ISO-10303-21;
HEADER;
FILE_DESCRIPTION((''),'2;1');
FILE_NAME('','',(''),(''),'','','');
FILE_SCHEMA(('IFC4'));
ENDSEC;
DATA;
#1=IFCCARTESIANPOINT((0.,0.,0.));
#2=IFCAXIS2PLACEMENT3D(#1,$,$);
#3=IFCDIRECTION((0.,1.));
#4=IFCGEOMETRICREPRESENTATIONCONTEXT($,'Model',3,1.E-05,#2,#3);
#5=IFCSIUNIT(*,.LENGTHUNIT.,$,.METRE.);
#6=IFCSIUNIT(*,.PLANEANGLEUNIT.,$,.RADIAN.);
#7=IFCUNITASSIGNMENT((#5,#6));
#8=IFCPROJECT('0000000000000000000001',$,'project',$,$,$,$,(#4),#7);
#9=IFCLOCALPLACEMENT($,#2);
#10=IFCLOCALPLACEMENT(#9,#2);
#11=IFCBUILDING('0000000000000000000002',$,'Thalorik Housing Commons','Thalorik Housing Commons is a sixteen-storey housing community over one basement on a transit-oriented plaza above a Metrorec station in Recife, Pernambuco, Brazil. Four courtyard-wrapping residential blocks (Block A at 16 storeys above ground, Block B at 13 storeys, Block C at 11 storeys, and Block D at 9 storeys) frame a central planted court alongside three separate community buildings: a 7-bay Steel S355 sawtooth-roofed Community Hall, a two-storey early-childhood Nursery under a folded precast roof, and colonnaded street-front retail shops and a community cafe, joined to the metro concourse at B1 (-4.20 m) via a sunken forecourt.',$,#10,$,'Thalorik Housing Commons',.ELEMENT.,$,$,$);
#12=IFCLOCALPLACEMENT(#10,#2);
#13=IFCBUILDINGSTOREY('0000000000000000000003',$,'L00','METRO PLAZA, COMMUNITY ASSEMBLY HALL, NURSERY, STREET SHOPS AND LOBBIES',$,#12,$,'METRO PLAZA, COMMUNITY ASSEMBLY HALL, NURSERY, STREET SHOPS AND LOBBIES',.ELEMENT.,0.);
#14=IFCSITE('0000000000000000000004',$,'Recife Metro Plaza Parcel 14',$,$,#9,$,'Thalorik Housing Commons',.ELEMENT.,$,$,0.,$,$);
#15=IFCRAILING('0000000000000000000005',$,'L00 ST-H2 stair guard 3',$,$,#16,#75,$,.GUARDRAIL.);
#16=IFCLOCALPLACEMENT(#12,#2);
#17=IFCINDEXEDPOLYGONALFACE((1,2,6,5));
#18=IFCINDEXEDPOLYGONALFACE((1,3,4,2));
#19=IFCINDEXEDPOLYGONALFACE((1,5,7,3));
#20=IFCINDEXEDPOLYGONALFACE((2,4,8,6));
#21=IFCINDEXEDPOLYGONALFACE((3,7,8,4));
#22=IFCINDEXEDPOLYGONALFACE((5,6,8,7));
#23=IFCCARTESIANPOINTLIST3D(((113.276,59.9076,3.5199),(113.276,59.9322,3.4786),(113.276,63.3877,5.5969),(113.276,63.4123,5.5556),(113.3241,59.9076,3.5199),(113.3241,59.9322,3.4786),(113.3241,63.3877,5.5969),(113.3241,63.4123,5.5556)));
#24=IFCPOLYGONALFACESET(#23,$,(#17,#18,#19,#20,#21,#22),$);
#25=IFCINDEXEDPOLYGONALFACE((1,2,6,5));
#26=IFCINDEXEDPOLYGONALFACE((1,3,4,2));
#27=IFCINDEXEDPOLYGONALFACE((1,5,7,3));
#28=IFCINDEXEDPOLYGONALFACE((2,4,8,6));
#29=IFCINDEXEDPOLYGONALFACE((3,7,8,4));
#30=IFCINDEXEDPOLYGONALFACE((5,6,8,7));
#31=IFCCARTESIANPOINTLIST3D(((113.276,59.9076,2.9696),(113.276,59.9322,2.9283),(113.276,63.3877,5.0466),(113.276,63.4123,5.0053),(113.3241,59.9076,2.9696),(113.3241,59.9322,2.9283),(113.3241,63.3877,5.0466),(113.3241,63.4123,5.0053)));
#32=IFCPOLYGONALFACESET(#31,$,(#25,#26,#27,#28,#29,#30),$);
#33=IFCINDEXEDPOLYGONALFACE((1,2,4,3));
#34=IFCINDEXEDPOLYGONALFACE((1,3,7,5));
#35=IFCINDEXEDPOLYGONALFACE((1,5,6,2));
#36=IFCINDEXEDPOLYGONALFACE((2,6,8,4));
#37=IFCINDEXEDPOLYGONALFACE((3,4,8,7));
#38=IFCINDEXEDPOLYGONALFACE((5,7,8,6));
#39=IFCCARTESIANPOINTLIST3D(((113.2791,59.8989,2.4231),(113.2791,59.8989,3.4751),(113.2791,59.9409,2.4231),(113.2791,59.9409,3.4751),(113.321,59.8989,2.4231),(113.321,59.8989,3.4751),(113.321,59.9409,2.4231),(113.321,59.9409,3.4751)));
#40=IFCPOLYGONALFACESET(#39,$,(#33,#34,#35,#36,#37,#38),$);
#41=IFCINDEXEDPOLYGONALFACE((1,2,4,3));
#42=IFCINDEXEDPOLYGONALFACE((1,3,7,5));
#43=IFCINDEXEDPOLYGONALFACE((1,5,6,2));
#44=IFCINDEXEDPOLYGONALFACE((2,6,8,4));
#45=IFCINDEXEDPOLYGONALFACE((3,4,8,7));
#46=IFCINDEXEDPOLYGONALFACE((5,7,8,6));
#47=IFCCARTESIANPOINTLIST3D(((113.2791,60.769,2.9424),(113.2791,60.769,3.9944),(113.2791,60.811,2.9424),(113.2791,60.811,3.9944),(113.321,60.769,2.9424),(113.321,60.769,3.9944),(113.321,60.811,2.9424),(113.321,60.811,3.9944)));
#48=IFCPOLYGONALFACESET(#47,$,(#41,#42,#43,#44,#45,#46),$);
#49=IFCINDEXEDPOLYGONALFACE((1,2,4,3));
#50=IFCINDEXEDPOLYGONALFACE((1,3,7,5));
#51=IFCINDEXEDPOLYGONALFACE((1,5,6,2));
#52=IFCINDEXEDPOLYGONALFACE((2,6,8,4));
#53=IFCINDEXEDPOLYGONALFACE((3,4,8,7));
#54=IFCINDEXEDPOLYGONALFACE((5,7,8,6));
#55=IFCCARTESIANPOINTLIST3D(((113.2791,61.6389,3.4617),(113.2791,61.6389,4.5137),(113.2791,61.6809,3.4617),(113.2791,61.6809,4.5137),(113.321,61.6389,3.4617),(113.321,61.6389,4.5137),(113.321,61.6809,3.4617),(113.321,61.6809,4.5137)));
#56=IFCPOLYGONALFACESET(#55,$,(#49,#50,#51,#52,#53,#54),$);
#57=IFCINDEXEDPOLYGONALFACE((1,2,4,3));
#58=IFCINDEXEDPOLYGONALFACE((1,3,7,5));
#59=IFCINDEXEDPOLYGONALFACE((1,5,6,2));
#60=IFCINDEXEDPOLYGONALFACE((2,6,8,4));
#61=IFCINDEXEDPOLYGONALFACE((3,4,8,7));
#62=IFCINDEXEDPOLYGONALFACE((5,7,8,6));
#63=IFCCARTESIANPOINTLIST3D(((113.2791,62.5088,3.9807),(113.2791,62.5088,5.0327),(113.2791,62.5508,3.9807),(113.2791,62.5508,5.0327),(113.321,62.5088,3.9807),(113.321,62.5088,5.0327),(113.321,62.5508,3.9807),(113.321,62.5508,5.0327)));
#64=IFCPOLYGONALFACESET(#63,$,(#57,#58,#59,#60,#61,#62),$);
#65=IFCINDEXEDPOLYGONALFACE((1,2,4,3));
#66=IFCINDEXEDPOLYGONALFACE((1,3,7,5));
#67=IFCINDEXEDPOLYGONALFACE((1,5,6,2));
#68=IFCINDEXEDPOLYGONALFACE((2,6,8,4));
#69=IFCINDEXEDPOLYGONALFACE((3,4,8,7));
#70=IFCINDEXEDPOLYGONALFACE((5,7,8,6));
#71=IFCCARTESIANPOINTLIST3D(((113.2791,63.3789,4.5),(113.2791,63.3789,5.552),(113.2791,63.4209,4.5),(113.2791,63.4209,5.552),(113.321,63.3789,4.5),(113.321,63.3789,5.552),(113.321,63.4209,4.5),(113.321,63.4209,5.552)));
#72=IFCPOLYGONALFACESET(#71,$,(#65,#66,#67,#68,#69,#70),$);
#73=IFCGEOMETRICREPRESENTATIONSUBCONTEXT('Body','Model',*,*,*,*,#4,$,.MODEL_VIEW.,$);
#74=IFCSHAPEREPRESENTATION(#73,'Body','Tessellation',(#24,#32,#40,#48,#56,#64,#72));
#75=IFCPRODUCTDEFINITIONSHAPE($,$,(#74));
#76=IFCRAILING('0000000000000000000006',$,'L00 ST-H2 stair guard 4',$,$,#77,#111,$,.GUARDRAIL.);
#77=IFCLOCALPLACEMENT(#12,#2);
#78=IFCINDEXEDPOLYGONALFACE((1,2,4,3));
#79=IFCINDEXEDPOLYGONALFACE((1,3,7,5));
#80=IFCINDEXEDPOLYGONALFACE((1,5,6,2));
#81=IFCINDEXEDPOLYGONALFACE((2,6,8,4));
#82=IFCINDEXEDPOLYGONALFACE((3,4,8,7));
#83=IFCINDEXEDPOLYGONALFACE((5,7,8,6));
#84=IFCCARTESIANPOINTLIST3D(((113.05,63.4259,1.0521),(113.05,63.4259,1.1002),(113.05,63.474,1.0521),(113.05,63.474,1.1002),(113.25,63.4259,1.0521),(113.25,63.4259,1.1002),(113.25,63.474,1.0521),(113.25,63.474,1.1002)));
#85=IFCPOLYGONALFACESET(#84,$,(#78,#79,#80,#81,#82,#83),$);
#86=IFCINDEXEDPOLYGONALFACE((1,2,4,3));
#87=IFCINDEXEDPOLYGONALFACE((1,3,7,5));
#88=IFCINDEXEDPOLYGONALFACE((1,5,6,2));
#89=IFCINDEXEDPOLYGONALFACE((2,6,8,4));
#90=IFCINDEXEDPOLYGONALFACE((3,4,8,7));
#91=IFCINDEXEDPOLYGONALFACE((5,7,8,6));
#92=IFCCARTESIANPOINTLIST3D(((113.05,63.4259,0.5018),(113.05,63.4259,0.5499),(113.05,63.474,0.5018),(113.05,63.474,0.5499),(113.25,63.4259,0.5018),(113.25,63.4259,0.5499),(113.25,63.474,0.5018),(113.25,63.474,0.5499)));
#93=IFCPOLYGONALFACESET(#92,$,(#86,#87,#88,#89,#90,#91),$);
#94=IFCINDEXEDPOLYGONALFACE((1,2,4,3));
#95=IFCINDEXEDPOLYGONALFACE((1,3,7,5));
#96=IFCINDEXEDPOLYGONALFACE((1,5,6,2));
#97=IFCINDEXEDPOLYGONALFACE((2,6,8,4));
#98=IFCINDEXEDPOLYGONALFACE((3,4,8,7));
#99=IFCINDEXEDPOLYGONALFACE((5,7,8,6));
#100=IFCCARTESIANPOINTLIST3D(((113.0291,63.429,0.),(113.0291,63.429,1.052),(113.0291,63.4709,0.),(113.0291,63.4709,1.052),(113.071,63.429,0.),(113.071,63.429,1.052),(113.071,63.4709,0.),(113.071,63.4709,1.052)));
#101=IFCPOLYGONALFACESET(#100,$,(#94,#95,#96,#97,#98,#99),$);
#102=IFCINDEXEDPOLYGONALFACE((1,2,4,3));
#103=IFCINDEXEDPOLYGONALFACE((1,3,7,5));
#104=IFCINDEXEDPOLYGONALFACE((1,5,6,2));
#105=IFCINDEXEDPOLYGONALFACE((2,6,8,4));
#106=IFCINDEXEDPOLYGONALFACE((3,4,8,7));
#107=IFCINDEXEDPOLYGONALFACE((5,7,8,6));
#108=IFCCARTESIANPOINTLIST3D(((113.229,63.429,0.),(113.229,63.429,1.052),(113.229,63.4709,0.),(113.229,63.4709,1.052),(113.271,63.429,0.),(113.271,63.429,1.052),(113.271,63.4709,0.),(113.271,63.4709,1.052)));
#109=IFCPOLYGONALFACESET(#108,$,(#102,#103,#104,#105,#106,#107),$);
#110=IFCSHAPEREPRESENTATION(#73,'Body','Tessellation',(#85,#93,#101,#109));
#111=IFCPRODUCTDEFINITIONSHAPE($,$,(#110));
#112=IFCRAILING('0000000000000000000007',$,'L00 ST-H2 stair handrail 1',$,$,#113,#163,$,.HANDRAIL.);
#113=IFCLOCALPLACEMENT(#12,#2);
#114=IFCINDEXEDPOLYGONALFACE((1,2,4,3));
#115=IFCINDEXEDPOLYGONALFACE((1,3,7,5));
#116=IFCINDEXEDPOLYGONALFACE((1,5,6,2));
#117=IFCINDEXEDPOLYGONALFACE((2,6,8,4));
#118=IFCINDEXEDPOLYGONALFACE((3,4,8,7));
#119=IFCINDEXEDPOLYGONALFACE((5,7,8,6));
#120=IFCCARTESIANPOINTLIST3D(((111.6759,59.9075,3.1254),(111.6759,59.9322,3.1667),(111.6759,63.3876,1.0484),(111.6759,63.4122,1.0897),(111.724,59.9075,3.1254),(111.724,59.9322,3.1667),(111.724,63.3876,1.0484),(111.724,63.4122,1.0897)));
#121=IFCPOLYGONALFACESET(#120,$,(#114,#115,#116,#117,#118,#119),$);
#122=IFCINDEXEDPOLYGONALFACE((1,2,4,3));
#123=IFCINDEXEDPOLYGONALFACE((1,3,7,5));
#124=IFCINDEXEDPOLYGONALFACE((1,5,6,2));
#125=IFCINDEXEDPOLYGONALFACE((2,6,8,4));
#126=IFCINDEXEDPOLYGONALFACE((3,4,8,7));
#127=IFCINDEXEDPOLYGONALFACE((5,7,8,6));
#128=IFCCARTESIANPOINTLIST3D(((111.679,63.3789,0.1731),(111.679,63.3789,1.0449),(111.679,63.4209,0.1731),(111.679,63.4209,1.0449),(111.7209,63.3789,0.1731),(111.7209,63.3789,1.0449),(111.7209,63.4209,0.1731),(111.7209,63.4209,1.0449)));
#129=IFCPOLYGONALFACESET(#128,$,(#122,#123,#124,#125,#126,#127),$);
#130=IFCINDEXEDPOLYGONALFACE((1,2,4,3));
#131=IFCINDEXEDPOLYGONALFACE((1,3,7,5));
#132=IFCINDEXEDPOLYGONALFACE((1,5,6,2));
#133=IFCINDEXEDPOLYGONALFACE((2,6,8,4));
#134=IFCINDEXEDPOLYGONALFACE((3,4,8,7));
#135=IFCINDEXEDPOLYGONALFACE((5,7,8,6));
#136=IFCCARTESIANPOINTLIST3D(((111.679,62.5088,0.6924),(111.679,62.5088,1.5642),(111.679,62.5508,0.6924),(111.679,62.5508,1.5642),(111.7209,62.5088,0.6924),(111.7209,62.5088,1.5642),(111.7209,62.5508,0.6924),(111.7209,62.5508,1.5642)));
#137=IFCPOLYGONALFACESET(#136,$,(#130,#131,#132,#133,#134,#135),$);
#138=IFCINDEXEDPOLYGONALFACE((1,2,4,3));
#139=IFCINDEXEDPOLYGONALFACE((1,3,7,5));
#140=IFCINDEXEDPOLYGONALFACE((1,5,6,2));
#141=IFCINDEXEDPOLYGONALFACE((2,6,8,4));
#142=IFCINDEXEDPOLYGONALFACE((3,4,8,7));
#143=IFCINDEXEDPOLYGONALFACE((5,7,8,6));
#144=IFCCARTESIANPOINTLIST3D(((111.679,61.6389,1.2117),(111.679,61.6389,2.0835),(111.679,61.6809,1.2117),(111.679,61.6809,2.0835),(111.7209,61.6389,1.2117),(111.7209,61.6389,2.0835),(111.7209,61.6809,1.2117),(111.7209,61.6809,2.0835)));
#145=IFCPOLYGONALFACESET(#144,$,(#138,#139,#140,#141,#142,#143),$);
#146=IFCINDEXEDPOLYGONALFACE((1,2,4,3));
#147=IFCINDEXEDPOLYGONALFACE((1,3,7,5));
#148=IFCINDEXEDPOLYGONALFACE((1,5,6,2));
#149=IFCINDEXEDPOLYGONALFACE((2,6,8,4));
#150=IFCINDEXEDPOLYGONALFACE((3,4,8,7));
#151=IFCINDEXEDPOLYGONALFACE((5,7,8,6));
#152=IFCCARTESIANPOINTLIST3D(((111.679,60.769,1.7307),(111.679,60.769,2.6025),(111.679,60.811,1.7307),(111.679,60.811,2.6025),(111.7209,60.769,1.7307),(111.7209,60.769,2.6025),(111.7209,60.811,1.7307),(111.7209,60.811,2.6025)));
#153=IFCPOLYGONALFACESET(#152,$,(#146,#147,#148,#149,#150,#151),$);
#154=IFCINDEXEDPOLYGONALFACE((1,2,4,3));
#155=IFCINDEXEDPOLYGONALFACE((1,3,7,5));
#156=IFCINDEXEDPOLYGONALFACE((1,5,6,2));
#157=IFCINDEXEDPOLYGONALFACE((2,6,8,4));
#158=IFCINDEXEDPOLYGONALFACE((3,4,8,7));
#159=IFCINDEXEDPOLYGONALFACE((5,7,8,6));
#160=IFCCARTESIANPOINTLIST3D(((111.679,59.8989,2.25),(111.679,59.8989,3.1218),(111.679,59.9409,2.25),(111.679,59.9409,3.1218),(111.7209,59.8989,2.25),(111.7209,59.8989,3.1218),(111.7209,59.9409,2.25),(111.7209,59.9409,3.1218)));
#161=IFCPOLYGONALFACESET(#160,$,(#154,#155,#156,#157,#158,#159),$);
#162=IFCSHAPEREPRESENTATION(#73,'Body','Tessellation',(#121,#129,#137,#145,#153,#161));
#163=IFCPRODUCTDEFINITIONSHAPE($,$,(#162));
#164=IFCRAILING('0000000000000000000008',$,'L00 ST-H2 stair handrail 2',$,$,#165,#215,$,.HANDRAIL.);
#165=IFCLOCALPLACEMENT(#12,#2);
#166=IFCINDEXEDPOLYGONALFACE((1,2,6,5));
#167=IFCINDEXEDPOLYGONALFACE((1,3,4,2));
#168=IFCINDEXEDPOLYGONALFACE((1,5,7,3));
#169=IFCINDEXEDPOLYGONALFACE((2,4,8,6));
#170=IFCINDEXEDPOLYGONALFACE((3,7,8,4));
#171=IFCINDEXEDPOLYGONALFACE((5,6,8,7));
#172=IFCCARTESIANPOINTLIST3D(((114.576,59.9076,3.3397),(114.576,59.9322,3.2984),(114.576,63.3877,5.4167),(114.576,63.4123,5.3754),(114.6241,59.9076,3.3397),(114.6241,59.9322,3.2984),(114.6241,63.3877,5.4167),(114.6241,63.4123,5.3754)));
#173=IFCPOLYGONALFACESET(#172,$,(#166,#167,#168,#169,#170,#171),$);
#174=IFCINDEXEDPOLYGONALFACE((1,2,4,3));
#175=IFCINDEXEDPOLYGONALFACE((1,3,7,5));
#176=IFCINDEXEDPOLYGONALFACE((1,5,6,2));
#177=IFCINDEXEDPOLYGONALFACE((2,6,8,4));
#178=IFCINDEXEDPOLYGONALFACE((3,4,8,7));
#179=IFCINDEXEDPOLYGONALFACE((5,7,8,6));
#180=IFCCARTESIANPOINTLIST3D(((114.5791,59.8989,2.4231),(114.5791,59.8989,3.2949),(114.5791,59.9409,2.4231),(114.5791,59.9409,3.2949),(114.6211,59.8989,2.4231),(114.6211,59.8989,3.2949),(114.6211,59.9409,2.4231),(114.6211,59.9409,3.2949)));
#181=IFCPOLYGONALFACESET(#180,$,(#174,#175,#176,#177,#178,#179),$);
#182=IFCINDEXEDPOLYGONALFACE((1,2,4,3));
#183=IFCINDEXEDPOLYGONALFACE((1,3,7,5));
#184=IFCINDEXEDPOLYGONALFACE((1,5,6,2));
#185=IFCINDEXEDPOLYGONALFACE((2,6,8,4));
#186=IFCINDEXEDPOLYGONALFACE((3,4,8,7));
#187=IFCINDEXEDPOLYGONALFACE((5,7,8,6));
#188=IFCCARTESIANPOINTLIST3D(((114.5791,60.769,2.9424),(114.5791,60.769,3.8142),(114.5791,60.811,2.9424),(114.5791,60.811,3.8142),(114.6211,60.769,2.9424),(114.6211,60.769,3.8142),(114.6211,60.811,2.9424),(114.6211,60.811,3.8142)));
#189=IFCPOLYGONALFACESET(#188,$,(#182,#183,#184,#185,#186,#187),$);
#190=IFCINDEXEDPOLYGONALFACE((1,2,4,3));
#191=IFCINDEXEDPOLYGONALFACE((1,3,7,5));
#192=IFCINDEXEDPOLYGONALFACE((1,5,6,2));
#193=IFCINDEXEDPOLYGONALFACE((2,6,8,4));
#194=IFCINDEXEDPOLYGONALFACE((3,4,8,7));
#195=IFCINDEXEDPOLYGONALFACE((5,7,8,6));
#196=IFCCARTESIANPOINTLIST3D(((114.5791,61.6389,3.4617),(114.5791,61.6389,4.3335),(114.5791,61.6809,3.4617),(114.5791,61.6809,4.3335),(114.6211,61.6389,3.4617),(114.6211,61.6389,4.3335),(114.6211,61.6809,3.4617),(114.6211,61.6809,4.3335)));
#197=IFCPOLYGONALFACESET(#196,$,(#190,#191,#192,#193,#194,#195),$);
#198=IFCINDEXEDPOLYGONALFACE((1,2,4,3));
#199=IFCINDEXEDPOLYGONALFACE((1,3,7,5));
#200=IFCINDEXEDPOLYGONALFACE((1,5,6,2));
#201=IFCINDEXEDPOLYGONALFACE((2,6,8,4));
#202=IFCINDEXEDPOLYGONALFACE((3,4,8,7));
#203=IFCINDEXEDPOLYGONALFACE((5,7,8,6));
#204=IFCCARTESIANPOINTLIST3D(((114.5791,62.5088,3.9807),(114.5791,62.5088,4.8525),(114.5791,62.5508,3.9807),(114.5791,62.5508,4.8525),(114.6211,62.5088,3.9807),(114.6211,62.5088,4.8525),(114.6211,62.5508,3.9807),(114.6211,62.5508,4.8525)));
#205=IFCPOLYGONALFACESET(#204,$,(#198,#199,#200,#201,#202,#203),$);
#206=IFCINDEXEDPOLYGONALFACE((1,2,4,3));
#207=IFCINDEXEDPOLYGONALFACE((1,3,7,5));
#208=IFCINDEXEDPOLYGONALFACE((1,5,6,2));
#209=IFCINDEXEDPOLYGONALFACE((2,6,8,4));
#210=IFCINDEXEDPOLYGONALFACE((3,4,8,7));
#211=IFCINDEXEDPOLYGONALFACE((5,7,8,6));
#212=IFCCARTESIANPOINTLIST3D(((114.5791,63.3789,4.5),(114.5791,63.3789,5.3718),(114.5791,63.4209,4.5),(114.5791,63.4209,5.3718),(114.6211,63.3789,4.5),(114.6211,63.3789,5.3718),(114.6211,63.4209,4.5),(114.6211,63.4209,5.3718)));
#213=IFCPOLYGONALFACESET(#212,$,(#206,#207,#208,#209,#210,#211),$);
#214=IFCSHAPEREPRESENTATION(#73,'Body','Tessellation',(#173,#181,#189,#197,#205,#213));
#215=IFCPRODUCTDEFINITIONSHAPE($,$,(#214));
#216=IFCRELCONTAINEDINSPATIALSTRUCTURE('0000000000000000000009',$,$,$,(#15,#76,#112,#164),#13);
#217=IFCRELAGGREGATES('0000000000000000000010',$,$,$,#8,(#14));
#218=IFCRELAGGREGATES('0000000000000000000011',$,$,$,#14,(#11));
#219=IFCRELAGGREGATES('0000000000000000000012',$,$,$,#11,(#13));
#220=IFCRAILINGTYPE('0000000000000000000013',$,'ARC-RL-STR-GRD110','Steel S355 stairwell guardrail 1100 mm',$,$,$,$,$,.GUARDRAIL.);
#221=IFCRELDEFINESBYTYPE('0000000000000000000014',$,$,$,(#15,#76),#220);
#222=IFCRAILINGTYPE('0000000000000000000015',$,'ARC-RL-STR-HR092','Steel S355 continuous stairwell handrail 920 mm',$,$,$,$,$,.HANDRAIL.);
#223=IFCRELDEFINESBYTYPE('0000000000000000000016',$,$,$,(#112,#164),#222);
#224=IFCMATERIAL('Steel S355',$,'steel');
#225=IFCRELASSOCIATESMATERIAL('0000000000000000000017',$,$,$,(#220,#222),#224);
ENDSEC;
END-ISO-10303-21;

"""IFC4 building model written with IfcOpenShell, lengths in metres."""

from ifc_helpers import new_model, si_unit, direction, frame, origin, origin_2d, place, context, subcontext, project, spatial, rectangle, extrude, material, type_object, element, save


model = new_model("IFC4")

# Units and contexts
model_context = context("Model", 3, precision=1e-05, world=origin(), true_north=direction((0.0, 1.0)))
body_context = subcontext(model_context, "Body", "Model", "MODEL_VIEW")
ifc_project = project(units=[si_unit("LENGTHUNIT", "METRE"), si_unit("PLANEANGLEUNIT", "RADIAN")], contexts=[model_context])

# Site, building, storey
site_placement = place(None, origin())
site = spatial("IfcSite", under=ifc_project, at=site_placement, Name="Recife Metro Plaza Parcel 14", LongName="Thalorik Housing Commons", CompositionType="ELEMENT", RefElevation=0.0)
building_placement = place(site_placement, origin())
building = spatial("IfcBuilding", under=site, at=building_placement, Name="Thalorik Housing Commons", Description="Thalorik Housing Commons is a sixteen-storey housing community over one basement on a transit-oriented plaza above a Metrorec station in Recife, Pernambuco, Brazil. Four courtyard-wrapping residential blocks (Block A at 16 storeys above ground, Block B at 13 storeys, Block C at 11 storeys, and Block D at 9 storeys) frame a central planted court alongside three separate community buildings: a 7-bay Steel S355 sawtooth-roofed Community Hall, a two-storey early-childhood Nursery under a folded precast roof, and colonnaded street-front retail shops and a community cafe, joined to the metro concourse at B1 (-4.20 m) via a sunken forecourt.", LongName="Thalorik Housing Commons", CompositionType="ELEMENT")
storey_placement = place(building_placement, origin())
storey = spatial("IfcBuildingStorey", under=building, at=storey_placement, Name="L00", Description="METRO PLAZA, COMMUNITY ASSEMBLY HALL, NURSERY, STREET SHOPS AND LOBBIES", LongName="METRO PLAZA, COMMUNITY ASSEMBLY HALL, NURSERY, STREET SHOPS AND LOBBIES", CompositionType="ELEMENT", Elevation=0.0)

# Shared definitions
ifc_material_1 = material(Name="Steel S355", Category="steel")

# Railings
railing_type_1 = type_object("IfcRailingType", Name="ARC-RL-STR-GRD110", Description="Steel S355 stairwell guardrail 1100 mm", PredefinedType="GUARDRAIL", material=ifc_material_1)
railing_1_placement = place(storey_placement, frame((113.3, 59.9199, 2.4231)))
element("IfcRailing", 1, at=railing_1_placement, inside=storey, type_object=railing_type_1, Name="L00 ST-H2 stair guard 3", PredefinedType="GUARDRAIL", context=body_context, shape_type="SweptSolid", body=[
    extrude(rectangle(XDim=0.0481, YDim=0.0481, at=origin_2d()), frame((0.0, 0.0, 1.0762), z_axis=(0.0, 0.858697, 0.512483), x_axis=(-1.0, 0.0, 0.0)), (0.0, 0.0, 1.0), 4.0527),
    extrude(rectangle(XDim=0.0481, YDim=0.0481, at=origin_2d()), frame((0.0, 0.0, 0.5259), z_axis=(0.0, 0.858697, 0.512483), x_axis=(-1.0, 0.0, 0.0)), (0.0, 0.0, 1.0), 4.0527),
    extrude(rectangle(XDim=0.042, YDim=0.042, at=origin_2d()), origin(), (0.0, 0.0, 1.0), 1.052),
    extrude(rectangle(XDim=0.042, YDim=0.042, at=origin_2d()), frame((0.0, 0.8701, 0.5193)), (0.0, 0.0, 1.0), 1.052),
    extrude(rectangle(XDim=0.042, YDim=0.042, at=origin_2d()), frame((0.0, 1.74, 1.0386)), (0.0, 0.0, 1.0), 1.052),
    extrude(rectangle(XDim=0.042, YDim=0.042, at=origin_2d()), frame((0.0, 2.6099, 1.5576)), (0.0, 0.0, 1.0), 1.052),
    extrude(rectangle(XDim=0.042, YDim=0.042, at=origin_2d()), frame((0.0, 3.48, 2.0769)), (0.0, 0.0, 1.0), 1.052),
])
railing_2_placement = place(storey_placement, frame((113.05, 63.45, 0.0)))
element("IfcRailing", 2, at=railing_2_placement, inside=storey, type_object=railing_type_1, Name="L00 ST-H2 stair guard 4", PredefinedType="GUARDRAIL", context=body_context, shape_type="SweptSolid", body=[
    extrude(rectangle(XDim=0.0481, YDim=0.0481, at=origin_2d()), frame((0.0, 0.0, 1.0762), z_axis=(1.0, 0.0, 0.0), x_axis=(0.0, 1.0, 0.0)), (0.0, 0.0, 1.0), 0.2),
    extrude(rectangle(XDim=0.0481, YDim=0.0481, at=origin_2d()), frame((0.0, 0.0, 0.5259), z_axis=(1.0, 0.0, 0.0), x_axis=(0.0, 1.0, 0.0)), (0.0, 0.0, 1.0), 0.2),
    extrude(rectangle(XDim=0.042, YDim=0.042, at=origin_2d()), origin(), (0.0, 0.0, 1.0), 1.052),
    extrude(rectangle(XDim=0.042, YDim=0.042, at=origin_2d()), frame((0.2, 0.0, 0.0)), (0.0, 0.0, 1.0), 1.052),
])
railing_type_2 = type_object("IfcRailingType", Name="ARC-RL-STR-HR092", Description="Steel S355 continuous stairwell handrail 920 mm", PredefinedType="HANDRAIL", material=ifc_material_1)
railing_3_placement = place(storey_placement, frame((111.7, 63.3999, 0.1731)))
element("IfcRailing", 3, at=railing_3_placement, inside=storey, type_object=railing_type_2, Name="L00 ST-H2 stair handrail 1", PredefinedType="HANDRAIL", context=body_context, shape_type="SweptSolid", body=[
    extrude(rectangle(XDim=0.0481, YDim=0.0481, at=origin_2d()), frame((0.0, 0.0, 0.896), z_axis=(0.0, -0.858697, 0.512483), x_axis=(1.0, 0.0, 0.0)), (0.0, 0.0, 1.0), 4.0527),
    extrude(rectangle(XDim=0.042, YDim=0.042, at=origin_2d()), origin(), (0.0, 0.0, 1.0), 0.8718),
    extrude(rectangle(XDim=0.042, YDim=0.042, at=origin_2d()), frame((0.0, -0.8701, 0.5193)), (0.0, 0.0, 1.0), 0.8718),
    extrude(rectangle(XDim=0.042, YDim=0.042, at=origin_2d()), frame((0.0, -1.74, 1.0386)), (0.0, 0.0, 1.0), 0.8718),
    extrude(rectangle(XDim=0.042, YDim=0.042, at=origin_2d()), frame((0.0, -2.6099, 1.5576)), (0.0, 0.0, 1.0), 0.8718),
    extrude(rectangle(XDim=0.042, YDim=0.042, at=origin_2d()), frame((0.0, -3.48, 2.0769)), (0.0, 0.0, 1.0), 0.8718),
])
railing_4_placement = place(storey_placement, frame((114.6001, 59.9199, 2.4231)))
element("IfcRailing", 4, at=railing_4_placement, inside=storey, type_object=railing_type_2, Name="L00 ST-H2 stair handrail 2", PredefinedType="HANDRAIL", context=body_context, shape_type="SweptSolid", body=[
    extrude(rectangle(XDim=0.0481, YDim=0.0481, at=origin_2d()), frame((0.0, 0.0, 0.896), z_axis=(0.0, 0.858697, 0.512483), x_axis=(-1.0, 0.0, 0.0)), (0.0, 0.0, 1.0), 4.0527),
    extrude(rectangle(XDim=0.042, YDim=0.042, at=origin_2d()), origin(), (0.0, 0.0, 1.0), 0.8718),
    extrude(rectangle(XDim=0.042, YDim=0.042, at=origin_2d()), frame((0.0, 0.8701, 0.5193)), (0.0, 0.0, 1.0), 0.8718),
    extrude(rectangle(XDim=0.042, YDim=0.042, at=origin_2d()), frame((0.0, 1.74, 1.0386)), (0.0, 0.0, 1.0), 0.8718),
    extrude(rectangle(XDim=0.042, YDim=0.042, at=origin_2d()), frame((0.0, 2.6099, 1.5576)), (0.0, 0.0, 1.0), 0.8718),
    extrude(rectangle(XDim=0.042, YDim=0.042, at=origin_2d()), frame((0.0, 3.48, 2.0769)), (0.0, 0.0, 1.0), 0.8718),
])

save(model, "model.ifc")
